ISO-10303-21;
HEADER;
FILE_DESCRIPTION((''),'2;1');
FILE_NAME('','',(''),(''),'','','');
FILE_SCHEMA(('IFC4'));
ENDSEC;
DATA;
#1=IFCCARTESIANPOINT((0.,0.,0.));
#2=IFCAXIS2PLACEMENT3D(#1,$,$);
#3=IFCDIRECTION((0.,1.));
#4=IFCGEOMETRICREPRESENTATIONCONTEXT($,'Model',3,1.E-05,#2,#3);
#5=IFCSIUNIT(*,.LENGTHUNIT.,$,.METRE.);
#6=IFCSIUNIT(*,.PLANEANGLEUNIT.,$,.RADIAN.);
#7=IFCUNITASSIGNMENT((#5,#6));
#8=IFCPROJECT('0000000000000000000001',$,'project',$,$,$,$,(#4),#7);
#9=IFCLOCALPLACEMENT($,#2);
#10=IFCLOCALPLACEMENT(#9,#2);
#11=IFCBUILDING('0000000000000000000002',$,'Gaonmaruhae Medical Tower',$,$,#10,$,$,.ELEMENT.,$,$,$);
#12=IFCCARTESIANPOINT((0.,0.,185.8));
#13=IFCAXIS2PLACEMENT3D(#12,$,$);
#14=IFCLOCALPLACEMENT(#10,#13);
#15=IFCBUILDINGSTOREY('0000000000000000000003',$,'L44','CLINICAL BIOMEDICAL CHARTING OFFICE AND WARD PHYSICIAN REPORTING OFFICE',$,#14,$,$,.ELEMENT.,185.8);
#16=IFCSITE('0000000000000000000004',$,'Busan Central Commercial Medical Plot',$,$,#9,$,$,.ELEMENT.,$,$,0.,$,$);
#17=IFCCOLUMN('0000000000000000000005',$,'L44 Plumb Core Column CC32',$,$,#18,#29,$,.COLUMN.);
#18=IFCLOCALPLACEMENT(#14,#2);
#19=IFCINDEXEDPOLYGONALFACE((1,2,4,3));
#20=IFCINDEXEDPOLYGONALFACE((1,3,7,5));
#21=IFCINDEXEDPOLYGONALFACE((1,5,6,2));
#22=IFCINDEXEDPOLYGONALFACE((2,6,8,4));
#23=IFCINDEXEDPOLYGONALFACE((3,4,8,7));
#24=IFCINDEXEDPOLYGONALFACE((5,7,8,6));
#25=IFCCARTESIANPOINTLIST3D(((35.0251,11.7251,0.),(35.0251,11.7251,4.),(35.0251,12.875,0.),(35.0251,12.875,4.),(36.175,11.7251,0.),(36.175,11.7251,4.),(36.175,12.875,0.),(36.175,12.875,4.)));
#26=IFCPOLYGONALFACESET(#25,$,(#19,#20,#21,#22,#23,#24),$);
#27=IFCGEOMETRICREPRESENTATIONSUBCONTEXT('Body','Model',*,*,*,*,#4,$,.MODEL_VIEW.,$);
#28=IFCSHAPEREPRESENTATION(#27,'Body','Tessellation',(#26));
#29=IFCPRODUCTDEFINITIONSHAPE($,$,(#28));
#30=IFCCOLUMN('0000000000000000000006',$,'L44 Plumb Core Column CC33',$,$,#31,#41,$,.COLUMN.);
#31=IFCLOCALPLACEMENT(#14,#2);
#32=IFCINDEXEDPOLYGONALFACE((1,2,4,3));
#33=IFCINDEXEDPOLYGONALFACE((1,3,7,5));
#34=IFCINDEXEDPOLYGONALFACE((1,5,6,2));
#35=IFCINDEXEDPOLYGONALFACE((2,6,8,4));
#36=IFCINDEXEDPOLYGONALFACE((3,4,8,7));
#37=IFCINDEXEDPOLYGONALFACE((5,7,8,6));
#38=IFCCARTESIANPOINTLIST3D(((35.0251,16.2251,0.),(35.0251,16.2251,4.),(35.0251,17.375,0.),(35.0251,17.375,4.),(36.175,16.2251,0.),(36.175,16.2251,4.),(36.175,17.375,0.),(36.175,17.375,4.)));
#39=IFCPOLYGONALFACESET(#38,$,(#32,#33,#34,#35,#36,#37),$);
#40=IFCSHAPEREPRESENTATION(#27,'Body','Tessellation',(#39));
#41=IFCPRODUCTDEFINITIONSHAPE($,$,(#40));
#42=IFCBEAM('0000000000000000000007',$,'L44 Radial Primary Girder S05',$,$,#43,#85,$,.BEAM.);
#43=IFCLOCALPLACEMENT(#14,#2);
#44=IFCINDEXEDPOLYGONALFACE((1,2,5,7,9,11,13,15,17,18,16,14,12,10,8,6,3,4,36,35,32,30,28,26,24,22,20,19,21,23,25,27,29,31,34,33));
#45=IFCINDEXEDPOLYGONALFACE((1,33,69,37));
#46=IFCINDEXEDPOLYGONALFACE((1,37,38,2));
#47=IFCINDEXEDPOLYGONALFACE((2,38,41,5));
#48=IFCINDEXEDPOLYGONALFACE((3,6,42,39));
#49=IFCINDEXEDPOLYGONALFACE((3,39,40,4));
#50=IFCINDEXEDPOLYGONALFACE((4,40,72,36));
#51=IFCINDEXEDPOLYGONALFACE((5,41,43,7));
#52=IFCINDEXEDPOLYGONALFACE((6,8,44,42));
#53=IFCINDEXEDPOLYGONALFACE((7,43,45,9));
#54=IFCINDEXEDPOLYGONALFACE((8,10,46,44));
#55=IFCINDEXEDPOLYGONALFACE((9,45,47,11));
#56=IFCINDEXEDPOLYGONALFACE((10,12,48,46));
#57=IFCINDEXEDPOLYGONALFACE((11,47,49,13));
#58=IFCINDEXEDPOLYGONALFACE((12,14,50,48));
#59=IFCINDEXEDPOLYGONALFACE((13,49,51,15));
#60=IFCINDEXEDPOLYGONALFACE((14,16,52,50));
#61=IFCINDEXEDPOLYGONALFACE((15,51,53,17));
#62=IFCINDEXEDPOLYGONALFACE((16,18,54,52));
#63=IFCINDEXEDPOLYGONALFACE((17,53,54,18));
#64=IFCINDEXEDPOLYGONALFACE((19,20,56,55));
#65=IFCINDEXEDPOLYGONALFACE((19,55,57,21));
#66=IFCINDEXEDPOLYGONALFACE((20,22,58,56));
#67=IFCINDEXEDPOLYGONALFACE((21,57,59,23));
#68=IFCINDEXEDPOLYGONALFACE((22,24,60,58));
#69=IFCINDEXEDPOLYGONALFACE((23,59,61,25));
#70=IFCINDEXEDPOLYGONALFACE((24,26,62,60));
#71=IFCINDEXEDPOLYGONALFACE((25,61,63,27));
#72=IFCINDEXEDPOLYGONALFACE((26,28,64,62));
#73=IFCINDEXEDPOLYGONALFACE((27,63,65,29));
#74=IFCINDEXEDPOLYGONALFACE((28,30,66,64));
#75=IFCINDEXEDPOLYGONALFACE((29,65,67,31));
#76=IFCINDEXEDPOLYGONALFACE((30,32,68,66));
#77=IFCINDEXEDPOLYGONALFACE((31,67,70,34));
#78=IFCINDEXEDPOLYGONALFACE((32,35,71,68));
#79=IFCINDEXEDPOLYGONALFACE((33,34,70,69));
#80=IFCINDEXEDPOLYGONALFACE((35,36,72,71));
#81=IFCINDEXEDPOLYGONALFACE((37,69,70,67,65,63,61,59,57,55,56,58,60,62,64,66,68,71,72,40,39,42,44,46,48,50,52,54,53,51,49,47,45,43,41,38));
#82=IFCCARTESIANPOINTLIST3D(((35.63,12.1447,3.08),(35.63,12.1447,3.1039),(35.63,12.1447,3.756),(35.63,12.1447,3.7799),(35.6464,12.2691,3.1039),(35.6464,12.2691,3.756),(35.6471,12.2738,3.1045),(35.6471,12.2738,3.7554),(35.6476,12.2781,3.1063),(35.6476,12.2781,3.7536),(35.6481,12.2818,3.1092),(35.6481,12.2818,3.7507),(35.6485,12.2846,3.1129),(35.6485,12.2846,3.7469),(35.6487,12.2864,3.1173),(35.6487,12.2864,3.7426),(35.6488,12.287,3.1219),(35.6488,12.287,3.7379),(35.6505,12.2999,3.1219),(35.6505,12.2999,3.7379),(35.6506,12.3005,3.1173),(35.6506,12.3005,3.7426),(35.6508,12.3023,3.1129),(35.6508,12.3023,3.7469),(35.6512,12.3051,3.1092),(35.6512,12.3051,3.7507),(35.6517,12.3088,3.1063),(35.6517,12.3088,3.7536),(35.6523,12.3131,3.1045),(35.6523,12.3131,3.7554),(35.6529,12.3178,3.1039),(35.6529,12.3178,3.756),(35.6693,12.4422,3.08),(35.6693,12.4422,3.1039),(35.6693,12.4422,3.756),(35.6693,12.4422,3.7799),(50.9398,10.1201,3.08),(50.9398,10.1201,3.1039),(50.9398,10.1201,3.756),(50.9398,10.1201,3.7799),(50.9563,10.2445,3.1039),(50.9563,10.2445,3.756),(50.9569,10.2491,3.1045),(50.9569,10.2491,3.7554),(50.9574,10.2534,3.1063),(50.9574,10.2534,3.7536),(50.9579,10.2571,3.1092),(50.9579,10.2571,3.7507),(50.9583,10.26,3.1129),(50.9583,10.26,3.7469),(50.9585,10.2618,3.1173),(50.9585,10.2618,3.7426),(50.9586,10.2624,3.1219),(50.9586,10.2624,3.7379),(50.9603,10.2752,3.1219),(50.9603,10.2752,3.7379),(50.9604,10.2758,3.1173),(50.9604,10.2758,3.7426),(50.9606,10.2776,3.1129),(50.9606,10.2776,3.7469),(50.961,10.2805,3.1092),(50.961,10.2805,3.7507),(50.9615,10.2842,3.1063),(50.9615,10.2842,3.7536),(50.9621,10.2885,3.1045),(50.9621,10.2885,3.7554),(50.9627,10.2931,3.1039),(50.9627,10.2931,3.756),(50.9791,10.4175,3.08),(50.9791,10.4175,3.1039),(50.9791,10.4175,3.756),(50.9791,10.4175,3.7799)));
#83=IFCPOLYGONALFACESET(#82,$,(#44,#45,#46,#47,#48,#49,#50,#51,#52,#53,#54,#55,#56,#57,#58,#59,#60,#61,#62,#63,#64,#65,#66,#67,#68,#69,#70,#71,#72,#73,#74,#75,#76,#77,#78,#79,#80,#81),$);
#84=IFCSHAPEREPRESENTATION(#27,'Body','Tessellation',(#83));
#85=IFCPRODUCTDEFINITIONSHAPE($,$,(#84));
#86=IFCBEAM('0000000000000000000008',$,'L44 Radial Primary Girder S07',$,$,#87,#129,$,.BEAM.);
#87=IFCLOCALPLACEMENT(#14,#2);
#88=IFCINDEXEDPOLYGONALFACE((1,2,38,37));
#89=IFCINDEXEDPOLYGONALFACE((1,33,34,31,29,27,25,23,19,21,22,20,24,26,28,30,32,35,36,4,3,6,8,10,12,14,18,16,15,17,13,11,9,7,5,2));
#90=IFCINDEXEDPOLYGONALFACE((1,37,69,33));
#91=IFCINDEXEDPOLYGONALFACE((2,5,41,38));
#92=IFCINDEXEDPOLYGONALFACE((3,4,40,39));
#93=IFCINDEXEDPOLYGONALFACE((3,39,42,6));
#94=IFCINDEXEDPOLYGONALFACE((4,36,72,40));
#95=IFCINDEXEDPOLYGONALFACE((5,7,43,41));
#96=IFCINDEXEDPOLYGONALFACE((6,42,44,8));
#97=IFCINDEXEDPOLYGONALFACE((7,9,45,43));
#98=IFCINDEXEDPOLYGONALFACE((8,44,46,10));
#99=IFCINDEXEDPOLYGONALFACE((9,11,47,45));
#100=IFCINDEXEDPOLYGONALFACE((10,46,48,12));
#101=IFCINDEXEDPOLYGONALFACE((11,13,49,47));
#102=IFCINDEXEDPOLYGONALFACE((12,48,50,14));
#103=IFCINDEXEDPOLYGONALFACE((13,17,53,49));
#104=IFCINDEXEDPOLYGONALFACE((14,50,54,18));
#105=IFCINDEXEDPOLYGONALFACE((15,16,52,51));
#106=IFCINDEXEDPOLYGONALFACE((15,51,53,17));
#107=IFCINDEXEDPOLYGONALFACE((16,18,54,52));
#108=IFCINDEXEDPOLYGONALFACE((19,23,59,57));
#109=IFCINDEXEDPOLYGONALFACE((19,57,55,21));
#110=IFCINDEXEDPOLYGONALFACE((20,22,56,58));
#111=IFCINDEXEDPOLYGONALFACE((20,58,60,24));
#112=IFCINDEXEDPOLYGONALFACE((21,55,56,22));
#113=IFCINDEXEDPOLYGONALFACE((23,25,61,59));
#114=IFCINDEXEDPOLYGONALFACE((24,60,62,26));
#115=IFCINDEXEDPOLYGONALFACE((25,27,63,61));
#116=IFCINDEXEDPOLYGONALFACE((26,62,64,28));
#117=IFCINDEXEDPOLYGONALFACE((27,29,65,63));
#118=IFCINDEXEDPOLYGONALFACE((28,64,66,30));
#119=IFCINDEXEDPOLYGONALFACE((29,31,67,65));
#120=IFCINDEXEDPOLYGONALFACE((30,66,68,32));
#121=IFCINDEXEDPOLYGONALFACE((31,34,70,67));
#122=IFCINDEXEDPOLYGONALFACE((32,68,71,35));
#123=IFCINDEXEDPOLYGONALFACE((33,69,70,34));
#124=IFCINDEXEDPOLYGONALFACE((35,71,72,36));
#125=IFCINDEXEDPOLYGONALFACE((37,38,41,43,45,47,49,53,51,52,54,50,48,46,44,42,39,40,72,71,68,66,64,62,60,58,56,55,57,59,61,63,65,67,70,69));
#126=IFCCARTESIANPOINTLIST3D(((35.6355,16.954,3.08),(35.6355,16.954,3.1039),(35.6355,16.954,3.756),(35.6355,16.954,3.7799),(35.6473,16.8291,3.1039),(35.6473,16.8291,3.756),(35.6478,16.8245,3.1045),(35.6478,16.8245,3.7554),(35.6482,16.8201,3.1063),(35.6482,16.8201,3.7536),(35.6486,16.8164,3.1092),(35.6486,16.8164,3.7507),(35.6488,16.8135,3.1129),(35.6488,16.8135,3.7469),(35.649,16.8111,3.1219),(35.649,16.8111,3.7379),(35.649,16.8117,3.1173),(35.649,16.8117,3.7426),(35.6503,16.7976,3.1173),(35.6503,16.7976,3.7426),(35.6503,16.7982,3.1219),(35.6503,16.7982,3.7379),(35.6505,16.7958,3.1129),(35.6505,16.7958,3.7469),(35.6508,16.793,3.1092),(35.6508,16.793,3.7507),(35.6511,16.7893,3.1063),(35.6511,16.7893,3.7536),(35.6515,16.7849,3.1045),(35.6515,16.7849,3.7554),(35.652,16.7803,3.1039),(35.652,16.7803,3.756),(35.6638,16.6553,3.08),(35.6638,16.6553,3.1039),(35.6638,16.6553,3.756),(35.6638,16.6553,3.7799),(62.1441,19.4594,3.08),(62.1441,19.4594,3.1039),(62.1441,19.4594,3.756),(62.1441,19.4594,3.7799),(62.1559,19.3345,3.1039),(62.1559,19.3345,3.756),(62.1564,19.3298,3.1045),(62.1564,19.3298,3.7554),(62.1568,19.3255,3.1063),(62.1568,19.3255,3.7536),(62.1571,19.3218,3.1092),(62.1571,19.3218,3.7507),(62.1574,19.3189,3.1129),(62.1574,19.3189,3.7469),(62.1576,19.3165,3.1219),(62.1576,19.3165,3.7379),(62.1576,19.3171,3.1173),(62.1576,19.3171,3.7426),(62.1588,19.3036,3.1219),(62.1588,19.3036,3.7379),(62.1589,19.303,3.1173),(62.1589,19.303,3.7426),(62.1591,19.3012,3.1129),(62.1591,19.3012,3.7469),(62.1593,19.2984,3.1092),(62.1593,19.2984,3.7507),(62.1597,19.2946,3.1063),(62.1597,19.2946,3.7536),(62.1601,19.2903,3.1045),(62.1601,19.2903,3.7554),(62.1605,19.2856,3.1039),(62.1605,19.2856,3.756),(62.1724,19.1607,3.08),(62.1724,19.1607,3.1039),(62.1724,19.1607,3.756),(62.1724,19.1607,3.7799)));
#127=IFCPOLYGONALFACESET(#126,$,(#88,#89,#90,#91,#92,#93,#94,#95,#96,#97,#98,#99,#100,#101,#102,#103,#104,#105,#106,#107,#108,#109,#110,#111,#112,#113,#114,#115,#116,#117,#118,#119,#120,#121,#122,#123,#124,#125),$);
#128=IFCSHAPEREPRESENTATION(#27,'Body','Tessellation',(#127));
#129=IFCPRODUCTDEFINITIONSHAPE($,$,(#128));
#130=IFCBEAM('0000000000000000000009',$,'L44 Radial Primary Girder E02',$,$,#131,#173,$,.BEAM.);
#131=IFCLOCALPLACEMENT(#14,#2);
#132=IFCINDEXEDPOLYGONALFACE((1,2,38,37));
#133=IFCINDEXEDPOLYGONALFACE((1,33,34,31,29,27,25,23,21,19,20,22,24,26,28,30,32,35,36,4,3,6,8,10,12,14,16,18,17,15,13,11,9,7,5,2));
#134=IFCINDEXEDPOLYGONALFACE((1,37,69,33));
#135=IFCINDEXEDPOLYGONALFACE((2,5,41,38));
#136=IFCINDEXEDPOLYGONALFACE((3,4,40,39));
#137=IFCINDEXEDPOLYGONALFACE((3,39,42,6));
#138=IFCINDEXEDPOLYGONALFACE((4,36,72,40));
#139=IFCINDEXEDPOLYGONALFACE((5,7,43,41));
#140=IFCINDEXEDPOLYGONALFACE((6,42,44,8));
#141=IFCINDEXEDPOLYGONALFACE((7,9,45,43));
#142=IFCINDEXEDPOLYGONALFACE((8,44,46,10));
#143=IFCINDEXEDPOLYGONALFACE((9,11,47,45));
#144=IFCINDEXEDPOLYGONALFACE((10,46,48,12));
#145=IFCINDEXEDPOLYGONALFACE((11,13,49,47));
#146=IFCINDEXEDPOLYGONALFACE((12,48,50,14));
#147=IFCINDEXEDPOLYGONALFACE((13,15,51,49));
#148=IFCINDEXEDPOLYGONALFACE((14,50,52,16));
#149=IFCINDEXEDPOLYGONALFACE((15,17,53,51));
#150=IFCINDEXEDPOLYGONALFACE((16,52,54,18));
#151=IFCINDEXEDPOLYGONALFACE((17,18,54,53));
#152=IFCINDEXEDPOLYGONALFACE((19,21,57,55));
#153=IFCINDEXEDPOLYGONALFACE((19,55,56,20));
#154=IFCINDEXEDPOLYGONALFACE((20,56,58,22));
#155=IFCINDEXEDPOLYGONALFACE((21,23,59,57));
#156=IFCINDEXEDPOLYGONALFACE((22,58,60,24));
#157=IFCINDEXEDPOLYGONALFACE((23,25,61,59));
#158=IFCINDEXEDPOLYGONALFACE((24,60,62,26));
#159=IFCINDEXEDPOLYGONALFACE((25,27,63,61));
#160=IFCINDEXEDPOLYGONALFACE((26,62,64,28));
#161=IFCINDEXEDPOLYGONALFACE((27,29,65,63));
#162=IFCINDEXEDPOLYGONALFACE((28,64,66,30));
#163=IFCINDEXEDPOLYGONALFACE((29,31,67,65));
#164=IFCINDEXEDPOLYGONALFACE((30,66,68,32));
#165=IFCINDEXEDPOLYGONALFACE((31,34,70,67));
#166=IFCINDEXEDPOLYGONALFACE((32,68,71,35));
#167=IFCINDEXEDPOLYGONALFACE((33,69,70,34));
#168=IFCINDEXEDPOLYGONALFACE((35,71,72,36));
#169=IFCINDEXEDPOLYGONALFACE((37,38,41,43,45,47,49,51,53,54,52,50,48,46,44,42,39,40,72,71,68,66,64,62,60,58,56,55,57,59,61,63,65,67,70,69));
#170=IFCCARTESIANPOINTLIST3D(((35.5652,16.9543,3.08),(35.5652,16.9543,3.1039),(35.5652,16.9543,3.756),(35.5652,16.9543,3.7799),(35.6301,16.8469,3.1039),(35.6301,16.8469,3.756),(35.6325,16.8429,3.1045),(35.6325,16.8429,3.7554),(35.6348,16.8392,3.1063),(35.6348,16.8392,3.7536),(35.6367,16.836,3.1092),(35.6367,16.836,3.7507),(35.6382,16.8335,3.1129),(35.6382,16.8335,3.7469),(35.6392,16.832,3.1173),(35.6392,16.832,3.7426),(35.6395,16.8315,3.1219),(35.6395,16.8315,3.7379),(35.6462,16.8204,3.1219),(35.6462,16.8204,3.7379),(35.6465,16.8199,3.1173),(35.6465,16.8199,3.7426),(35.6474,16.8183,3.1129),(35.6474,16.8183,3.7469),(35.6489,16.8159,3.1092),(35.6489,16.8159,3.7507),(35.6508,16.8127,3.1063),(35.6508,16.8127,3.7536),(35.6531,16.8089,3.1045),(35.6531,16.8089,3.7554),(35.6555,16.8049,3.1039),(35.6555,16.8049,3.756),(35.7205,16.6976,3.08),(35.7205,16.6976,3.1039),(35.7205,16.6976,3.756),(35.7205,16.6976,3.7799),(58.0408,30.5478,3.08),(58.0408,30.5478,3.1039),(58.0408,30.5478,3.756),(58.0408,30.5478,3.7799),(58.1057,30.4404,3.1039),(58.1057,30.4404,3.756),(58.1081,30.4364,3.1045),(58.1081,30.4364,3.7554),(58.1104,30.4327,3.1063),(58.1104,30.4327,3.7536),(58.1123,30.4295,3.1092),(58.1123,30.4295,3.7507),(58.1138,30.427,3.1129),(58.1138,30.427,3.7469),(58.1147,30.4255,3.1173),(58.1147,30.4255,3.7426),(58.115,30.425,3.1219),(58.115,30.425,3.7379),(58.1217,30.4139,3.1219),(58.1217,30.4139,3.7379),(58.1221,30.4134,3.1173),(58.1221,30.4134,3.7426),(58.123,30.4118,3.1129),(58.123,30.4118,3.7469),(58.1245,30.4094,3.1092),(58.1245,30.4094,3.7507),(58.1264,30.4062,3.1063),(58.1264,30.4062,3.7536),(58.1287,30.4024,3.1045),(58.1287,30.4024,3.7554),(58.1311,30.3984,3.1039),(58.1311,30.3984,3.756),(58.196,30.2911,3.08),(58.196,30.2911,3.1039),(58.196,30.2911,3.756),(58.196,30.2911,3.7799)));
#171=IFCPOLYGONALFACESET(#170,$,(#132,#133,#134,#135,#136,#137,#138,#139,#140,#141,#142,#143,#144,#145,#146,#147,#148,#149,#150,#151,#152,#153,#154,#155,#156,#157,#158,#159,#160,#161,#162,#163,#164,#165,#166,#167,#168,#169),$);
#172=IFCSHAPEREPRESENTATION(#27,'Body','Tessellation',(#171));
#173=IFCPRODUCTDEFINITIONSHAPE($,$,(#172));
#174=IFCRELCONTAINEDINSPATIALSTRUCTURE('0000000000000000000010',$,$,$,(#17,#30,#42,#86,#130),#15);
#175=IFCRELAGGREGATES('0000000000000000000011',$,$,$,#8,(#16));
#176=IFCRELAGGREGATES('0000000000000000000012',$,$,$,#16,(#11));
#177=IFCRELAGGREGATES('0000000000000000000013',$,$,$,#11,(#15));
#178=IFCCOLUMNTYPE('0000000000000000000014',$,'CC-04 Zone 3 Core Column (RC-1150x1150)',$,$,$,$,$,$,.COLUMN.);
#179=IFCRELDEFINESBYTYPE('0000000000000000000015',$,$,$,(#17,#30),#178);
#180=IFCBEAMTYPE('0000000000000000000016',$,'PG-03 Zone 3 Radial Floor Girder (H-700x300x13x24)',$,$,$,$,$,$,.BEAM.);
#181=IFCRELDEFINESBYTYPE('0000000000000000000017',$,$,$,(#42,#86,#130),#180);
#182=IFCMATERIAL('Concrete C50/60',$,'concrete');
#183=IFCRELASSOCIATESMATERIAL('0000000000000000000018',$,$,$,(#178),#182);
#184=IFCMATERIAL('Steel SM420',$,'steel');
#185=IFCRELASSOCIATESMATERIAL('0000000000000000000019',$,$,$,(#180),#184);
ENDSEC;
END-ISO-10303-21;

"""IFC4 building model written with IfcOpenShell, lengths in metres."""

from ifc_helpers import new_model, si_unit, direction, frame, origin, origin_2d, place, context, subcontext, project, spatial, rectangle, i_section, extrude, material, material_profile, profile_set, type_object, element, save


model = new_model("IFC4")

# Units and contexts
model_context = context("Model", 3, precision=1e-05, world=origin(), true_north=direction((0.0, 1.0)))
body_context = subcontext(model_context, "Body", "Model", "MODEL_VIEW")
ifc_project = project(units=[si_unit("LENGTHUNIT", "METRE"), si_unit("PLANEANGLEUNIT", "RADIAN")], contexts=[model_context])

# Site, building, storey
site_placement = place(None, origin())
site = spatial("IfcSite", under=ifc_project, at=site_placement, Name="Busan Central Commercial Medical Plot", CompositionType="ELEMENT", RefElevation=0.0)
building_placement = place(site_placement, origin())
building = spatial("IfcBuilding", under=site, at=building_placement, Name="Gaonmaruhae Medical Tower", CompositionType="ELEMENT")
storey_placement = place(building_placement, frame((0.0, 0.0, 185.8)))
storey = spatial("IfcBuildingStorey", under=building, at=storey_placement, Name="L44", Description="CLINICAL BIOMEDICAL CHARTING OFFICE AND WARD PHYSICIAN REPORTING OFFICE", CompositionType="ELEMENT", Elevation=185.8)

# Columns
ifc_material_1 = material(Name="Concrete C50/60", Category="concrete")
ifc_material_profile_1 = material_profile(ifc_material_1, rectangle(XDim=1.1499, YDim=1.1499, at=origin_2d()), Name="RC-1150x1150")
ifc_profile_set_1 = profile_set([ifc_material_profile_1], Name="Concrete C50/60")
column_type = type_object("IfcColumnType", Name="CC-04 Zone 3 Core Column (RC-1150x1150)", PredefinedType="COLUMN", material=ifc_profile_set_1)
for number, where, z_axis, x_axis, name in (
    (1, (35.6001, 12.3, 0.0), (0.0, 0.0, 1.0), (1.0, 0.0, 0.0), "L44 Plumb Core Column CC32"),
    (2, (35.6001, 16.8, 0.0), (0.0, 0.0, 1.0), (1.0, 0.0, 0.0), "L44 Plumb Core Column CC33"),
):
    element("IfcColumn", number, at=place(storey_placement, frame(where, z_axis=z_axis, x_axis=x_axis)), inside=storey, type_object=column_type, Name=name, PredefinedType="COLUMN", context=body_context, shape_type="SweptSolid", body=[
        extrude(rectangle(XDim=1.1499, YDim=1.1499, at=origin_2d()), origin(), (0.0, 0.0, 1.0), 4.0),
    ])

# Beams
ifc_material_2 = material(Name="Steel SM420", Category="steel")
ifc_material_profile_2 = material_profile(ifc_material_2, i_section(OverallWidth=0.3, OverallDepth=0.7, WebThickness=0.0129, FlangeThickness=0.0239, FilletRadius=0.0181, at=origin_2d()), Name="H-700x300x13x24")
ifc_profile_set_2 = profile_set([ifc_material_profile_2], Name="Steel SM420")
beam_type = type_object("IfcBeamType", Name="PG-03 Zone 3 Radial Floor Girder (H-700x300x13x24)", PredefinedType="BEAM", material=ifc_profile_set_2)
beam_1_placement = place(storey_placement, frame((35.6497, 12.2935, 3.4299), z_axis=(0.991369, -0.131104, 0.0), x_axis=(0.131104, 0.991369, 0.0)))
element("IfcBeam", 3, at=beam_1_placement, inside=storey, type_object=beam_type, Name="L44 Radial Primary Girder S05", PredefinedType="BEAM", context=body_context, shape_type="SweptSolid", body=[
    extrude(i_section(OverallWidth=0.3, OverallDepth=0.7, WebThickness=0.0129, FlangeThickness=0.0239, FilletRadius=0.0181, at=origin_2d()), origin(), (0.0, 0.0, 1.0), 15.4431),
])
beam_2_placement = place(storey_placement, frame((35.6497, 16.8047, 3.4299), z_axis=(0.995563, 0.094093, 0.0), x_axis=(-0.094093, 0.995563, 0.0)))
element("IfcBeam", 4, at=beam_2_placement, inside=storey, type_object=beam_type, Name="L44 Radial Primary Girder S07", PredefinedType="BEAM", context=body_context, shape_type="SweptSolid", body=[
    extrude(i_section(OverallWidth=0.3, OverallDepth=0.7, WebThickness=0.0129, FlangeThickness=0.0239, FilletRadius=0.0181, at=origin_2d()), origin(), (0.0, 0.0, 1.0), 26.6267),
])
beam_3_placement = place(storey_placement, frame((35.6428, 16.8259, 3.4299), z_axis=(0.855671, 0.51752, 0.0), x_axis=(-0.51752, 0.855671, 0.0)))
element("IfcBeam", 5, at=beam_3_placement, inside=storey, type_object=beam_type, Name="L44 Radial Primary Girder E02", PredefinedType="BEAM", context=body_context, shape_type="SweptSolid", body=[
    extrude(i_section(OverallWidth=0.3, OverallDepth=0.7, WebThickness=0.0129, FlangeThickness=0.0239, FilletRadius=0.0181, at=origin_2d()), origin(), (0.0, 0.0, 1.0), 26.2666),
])

save(model, "model.ifc")
